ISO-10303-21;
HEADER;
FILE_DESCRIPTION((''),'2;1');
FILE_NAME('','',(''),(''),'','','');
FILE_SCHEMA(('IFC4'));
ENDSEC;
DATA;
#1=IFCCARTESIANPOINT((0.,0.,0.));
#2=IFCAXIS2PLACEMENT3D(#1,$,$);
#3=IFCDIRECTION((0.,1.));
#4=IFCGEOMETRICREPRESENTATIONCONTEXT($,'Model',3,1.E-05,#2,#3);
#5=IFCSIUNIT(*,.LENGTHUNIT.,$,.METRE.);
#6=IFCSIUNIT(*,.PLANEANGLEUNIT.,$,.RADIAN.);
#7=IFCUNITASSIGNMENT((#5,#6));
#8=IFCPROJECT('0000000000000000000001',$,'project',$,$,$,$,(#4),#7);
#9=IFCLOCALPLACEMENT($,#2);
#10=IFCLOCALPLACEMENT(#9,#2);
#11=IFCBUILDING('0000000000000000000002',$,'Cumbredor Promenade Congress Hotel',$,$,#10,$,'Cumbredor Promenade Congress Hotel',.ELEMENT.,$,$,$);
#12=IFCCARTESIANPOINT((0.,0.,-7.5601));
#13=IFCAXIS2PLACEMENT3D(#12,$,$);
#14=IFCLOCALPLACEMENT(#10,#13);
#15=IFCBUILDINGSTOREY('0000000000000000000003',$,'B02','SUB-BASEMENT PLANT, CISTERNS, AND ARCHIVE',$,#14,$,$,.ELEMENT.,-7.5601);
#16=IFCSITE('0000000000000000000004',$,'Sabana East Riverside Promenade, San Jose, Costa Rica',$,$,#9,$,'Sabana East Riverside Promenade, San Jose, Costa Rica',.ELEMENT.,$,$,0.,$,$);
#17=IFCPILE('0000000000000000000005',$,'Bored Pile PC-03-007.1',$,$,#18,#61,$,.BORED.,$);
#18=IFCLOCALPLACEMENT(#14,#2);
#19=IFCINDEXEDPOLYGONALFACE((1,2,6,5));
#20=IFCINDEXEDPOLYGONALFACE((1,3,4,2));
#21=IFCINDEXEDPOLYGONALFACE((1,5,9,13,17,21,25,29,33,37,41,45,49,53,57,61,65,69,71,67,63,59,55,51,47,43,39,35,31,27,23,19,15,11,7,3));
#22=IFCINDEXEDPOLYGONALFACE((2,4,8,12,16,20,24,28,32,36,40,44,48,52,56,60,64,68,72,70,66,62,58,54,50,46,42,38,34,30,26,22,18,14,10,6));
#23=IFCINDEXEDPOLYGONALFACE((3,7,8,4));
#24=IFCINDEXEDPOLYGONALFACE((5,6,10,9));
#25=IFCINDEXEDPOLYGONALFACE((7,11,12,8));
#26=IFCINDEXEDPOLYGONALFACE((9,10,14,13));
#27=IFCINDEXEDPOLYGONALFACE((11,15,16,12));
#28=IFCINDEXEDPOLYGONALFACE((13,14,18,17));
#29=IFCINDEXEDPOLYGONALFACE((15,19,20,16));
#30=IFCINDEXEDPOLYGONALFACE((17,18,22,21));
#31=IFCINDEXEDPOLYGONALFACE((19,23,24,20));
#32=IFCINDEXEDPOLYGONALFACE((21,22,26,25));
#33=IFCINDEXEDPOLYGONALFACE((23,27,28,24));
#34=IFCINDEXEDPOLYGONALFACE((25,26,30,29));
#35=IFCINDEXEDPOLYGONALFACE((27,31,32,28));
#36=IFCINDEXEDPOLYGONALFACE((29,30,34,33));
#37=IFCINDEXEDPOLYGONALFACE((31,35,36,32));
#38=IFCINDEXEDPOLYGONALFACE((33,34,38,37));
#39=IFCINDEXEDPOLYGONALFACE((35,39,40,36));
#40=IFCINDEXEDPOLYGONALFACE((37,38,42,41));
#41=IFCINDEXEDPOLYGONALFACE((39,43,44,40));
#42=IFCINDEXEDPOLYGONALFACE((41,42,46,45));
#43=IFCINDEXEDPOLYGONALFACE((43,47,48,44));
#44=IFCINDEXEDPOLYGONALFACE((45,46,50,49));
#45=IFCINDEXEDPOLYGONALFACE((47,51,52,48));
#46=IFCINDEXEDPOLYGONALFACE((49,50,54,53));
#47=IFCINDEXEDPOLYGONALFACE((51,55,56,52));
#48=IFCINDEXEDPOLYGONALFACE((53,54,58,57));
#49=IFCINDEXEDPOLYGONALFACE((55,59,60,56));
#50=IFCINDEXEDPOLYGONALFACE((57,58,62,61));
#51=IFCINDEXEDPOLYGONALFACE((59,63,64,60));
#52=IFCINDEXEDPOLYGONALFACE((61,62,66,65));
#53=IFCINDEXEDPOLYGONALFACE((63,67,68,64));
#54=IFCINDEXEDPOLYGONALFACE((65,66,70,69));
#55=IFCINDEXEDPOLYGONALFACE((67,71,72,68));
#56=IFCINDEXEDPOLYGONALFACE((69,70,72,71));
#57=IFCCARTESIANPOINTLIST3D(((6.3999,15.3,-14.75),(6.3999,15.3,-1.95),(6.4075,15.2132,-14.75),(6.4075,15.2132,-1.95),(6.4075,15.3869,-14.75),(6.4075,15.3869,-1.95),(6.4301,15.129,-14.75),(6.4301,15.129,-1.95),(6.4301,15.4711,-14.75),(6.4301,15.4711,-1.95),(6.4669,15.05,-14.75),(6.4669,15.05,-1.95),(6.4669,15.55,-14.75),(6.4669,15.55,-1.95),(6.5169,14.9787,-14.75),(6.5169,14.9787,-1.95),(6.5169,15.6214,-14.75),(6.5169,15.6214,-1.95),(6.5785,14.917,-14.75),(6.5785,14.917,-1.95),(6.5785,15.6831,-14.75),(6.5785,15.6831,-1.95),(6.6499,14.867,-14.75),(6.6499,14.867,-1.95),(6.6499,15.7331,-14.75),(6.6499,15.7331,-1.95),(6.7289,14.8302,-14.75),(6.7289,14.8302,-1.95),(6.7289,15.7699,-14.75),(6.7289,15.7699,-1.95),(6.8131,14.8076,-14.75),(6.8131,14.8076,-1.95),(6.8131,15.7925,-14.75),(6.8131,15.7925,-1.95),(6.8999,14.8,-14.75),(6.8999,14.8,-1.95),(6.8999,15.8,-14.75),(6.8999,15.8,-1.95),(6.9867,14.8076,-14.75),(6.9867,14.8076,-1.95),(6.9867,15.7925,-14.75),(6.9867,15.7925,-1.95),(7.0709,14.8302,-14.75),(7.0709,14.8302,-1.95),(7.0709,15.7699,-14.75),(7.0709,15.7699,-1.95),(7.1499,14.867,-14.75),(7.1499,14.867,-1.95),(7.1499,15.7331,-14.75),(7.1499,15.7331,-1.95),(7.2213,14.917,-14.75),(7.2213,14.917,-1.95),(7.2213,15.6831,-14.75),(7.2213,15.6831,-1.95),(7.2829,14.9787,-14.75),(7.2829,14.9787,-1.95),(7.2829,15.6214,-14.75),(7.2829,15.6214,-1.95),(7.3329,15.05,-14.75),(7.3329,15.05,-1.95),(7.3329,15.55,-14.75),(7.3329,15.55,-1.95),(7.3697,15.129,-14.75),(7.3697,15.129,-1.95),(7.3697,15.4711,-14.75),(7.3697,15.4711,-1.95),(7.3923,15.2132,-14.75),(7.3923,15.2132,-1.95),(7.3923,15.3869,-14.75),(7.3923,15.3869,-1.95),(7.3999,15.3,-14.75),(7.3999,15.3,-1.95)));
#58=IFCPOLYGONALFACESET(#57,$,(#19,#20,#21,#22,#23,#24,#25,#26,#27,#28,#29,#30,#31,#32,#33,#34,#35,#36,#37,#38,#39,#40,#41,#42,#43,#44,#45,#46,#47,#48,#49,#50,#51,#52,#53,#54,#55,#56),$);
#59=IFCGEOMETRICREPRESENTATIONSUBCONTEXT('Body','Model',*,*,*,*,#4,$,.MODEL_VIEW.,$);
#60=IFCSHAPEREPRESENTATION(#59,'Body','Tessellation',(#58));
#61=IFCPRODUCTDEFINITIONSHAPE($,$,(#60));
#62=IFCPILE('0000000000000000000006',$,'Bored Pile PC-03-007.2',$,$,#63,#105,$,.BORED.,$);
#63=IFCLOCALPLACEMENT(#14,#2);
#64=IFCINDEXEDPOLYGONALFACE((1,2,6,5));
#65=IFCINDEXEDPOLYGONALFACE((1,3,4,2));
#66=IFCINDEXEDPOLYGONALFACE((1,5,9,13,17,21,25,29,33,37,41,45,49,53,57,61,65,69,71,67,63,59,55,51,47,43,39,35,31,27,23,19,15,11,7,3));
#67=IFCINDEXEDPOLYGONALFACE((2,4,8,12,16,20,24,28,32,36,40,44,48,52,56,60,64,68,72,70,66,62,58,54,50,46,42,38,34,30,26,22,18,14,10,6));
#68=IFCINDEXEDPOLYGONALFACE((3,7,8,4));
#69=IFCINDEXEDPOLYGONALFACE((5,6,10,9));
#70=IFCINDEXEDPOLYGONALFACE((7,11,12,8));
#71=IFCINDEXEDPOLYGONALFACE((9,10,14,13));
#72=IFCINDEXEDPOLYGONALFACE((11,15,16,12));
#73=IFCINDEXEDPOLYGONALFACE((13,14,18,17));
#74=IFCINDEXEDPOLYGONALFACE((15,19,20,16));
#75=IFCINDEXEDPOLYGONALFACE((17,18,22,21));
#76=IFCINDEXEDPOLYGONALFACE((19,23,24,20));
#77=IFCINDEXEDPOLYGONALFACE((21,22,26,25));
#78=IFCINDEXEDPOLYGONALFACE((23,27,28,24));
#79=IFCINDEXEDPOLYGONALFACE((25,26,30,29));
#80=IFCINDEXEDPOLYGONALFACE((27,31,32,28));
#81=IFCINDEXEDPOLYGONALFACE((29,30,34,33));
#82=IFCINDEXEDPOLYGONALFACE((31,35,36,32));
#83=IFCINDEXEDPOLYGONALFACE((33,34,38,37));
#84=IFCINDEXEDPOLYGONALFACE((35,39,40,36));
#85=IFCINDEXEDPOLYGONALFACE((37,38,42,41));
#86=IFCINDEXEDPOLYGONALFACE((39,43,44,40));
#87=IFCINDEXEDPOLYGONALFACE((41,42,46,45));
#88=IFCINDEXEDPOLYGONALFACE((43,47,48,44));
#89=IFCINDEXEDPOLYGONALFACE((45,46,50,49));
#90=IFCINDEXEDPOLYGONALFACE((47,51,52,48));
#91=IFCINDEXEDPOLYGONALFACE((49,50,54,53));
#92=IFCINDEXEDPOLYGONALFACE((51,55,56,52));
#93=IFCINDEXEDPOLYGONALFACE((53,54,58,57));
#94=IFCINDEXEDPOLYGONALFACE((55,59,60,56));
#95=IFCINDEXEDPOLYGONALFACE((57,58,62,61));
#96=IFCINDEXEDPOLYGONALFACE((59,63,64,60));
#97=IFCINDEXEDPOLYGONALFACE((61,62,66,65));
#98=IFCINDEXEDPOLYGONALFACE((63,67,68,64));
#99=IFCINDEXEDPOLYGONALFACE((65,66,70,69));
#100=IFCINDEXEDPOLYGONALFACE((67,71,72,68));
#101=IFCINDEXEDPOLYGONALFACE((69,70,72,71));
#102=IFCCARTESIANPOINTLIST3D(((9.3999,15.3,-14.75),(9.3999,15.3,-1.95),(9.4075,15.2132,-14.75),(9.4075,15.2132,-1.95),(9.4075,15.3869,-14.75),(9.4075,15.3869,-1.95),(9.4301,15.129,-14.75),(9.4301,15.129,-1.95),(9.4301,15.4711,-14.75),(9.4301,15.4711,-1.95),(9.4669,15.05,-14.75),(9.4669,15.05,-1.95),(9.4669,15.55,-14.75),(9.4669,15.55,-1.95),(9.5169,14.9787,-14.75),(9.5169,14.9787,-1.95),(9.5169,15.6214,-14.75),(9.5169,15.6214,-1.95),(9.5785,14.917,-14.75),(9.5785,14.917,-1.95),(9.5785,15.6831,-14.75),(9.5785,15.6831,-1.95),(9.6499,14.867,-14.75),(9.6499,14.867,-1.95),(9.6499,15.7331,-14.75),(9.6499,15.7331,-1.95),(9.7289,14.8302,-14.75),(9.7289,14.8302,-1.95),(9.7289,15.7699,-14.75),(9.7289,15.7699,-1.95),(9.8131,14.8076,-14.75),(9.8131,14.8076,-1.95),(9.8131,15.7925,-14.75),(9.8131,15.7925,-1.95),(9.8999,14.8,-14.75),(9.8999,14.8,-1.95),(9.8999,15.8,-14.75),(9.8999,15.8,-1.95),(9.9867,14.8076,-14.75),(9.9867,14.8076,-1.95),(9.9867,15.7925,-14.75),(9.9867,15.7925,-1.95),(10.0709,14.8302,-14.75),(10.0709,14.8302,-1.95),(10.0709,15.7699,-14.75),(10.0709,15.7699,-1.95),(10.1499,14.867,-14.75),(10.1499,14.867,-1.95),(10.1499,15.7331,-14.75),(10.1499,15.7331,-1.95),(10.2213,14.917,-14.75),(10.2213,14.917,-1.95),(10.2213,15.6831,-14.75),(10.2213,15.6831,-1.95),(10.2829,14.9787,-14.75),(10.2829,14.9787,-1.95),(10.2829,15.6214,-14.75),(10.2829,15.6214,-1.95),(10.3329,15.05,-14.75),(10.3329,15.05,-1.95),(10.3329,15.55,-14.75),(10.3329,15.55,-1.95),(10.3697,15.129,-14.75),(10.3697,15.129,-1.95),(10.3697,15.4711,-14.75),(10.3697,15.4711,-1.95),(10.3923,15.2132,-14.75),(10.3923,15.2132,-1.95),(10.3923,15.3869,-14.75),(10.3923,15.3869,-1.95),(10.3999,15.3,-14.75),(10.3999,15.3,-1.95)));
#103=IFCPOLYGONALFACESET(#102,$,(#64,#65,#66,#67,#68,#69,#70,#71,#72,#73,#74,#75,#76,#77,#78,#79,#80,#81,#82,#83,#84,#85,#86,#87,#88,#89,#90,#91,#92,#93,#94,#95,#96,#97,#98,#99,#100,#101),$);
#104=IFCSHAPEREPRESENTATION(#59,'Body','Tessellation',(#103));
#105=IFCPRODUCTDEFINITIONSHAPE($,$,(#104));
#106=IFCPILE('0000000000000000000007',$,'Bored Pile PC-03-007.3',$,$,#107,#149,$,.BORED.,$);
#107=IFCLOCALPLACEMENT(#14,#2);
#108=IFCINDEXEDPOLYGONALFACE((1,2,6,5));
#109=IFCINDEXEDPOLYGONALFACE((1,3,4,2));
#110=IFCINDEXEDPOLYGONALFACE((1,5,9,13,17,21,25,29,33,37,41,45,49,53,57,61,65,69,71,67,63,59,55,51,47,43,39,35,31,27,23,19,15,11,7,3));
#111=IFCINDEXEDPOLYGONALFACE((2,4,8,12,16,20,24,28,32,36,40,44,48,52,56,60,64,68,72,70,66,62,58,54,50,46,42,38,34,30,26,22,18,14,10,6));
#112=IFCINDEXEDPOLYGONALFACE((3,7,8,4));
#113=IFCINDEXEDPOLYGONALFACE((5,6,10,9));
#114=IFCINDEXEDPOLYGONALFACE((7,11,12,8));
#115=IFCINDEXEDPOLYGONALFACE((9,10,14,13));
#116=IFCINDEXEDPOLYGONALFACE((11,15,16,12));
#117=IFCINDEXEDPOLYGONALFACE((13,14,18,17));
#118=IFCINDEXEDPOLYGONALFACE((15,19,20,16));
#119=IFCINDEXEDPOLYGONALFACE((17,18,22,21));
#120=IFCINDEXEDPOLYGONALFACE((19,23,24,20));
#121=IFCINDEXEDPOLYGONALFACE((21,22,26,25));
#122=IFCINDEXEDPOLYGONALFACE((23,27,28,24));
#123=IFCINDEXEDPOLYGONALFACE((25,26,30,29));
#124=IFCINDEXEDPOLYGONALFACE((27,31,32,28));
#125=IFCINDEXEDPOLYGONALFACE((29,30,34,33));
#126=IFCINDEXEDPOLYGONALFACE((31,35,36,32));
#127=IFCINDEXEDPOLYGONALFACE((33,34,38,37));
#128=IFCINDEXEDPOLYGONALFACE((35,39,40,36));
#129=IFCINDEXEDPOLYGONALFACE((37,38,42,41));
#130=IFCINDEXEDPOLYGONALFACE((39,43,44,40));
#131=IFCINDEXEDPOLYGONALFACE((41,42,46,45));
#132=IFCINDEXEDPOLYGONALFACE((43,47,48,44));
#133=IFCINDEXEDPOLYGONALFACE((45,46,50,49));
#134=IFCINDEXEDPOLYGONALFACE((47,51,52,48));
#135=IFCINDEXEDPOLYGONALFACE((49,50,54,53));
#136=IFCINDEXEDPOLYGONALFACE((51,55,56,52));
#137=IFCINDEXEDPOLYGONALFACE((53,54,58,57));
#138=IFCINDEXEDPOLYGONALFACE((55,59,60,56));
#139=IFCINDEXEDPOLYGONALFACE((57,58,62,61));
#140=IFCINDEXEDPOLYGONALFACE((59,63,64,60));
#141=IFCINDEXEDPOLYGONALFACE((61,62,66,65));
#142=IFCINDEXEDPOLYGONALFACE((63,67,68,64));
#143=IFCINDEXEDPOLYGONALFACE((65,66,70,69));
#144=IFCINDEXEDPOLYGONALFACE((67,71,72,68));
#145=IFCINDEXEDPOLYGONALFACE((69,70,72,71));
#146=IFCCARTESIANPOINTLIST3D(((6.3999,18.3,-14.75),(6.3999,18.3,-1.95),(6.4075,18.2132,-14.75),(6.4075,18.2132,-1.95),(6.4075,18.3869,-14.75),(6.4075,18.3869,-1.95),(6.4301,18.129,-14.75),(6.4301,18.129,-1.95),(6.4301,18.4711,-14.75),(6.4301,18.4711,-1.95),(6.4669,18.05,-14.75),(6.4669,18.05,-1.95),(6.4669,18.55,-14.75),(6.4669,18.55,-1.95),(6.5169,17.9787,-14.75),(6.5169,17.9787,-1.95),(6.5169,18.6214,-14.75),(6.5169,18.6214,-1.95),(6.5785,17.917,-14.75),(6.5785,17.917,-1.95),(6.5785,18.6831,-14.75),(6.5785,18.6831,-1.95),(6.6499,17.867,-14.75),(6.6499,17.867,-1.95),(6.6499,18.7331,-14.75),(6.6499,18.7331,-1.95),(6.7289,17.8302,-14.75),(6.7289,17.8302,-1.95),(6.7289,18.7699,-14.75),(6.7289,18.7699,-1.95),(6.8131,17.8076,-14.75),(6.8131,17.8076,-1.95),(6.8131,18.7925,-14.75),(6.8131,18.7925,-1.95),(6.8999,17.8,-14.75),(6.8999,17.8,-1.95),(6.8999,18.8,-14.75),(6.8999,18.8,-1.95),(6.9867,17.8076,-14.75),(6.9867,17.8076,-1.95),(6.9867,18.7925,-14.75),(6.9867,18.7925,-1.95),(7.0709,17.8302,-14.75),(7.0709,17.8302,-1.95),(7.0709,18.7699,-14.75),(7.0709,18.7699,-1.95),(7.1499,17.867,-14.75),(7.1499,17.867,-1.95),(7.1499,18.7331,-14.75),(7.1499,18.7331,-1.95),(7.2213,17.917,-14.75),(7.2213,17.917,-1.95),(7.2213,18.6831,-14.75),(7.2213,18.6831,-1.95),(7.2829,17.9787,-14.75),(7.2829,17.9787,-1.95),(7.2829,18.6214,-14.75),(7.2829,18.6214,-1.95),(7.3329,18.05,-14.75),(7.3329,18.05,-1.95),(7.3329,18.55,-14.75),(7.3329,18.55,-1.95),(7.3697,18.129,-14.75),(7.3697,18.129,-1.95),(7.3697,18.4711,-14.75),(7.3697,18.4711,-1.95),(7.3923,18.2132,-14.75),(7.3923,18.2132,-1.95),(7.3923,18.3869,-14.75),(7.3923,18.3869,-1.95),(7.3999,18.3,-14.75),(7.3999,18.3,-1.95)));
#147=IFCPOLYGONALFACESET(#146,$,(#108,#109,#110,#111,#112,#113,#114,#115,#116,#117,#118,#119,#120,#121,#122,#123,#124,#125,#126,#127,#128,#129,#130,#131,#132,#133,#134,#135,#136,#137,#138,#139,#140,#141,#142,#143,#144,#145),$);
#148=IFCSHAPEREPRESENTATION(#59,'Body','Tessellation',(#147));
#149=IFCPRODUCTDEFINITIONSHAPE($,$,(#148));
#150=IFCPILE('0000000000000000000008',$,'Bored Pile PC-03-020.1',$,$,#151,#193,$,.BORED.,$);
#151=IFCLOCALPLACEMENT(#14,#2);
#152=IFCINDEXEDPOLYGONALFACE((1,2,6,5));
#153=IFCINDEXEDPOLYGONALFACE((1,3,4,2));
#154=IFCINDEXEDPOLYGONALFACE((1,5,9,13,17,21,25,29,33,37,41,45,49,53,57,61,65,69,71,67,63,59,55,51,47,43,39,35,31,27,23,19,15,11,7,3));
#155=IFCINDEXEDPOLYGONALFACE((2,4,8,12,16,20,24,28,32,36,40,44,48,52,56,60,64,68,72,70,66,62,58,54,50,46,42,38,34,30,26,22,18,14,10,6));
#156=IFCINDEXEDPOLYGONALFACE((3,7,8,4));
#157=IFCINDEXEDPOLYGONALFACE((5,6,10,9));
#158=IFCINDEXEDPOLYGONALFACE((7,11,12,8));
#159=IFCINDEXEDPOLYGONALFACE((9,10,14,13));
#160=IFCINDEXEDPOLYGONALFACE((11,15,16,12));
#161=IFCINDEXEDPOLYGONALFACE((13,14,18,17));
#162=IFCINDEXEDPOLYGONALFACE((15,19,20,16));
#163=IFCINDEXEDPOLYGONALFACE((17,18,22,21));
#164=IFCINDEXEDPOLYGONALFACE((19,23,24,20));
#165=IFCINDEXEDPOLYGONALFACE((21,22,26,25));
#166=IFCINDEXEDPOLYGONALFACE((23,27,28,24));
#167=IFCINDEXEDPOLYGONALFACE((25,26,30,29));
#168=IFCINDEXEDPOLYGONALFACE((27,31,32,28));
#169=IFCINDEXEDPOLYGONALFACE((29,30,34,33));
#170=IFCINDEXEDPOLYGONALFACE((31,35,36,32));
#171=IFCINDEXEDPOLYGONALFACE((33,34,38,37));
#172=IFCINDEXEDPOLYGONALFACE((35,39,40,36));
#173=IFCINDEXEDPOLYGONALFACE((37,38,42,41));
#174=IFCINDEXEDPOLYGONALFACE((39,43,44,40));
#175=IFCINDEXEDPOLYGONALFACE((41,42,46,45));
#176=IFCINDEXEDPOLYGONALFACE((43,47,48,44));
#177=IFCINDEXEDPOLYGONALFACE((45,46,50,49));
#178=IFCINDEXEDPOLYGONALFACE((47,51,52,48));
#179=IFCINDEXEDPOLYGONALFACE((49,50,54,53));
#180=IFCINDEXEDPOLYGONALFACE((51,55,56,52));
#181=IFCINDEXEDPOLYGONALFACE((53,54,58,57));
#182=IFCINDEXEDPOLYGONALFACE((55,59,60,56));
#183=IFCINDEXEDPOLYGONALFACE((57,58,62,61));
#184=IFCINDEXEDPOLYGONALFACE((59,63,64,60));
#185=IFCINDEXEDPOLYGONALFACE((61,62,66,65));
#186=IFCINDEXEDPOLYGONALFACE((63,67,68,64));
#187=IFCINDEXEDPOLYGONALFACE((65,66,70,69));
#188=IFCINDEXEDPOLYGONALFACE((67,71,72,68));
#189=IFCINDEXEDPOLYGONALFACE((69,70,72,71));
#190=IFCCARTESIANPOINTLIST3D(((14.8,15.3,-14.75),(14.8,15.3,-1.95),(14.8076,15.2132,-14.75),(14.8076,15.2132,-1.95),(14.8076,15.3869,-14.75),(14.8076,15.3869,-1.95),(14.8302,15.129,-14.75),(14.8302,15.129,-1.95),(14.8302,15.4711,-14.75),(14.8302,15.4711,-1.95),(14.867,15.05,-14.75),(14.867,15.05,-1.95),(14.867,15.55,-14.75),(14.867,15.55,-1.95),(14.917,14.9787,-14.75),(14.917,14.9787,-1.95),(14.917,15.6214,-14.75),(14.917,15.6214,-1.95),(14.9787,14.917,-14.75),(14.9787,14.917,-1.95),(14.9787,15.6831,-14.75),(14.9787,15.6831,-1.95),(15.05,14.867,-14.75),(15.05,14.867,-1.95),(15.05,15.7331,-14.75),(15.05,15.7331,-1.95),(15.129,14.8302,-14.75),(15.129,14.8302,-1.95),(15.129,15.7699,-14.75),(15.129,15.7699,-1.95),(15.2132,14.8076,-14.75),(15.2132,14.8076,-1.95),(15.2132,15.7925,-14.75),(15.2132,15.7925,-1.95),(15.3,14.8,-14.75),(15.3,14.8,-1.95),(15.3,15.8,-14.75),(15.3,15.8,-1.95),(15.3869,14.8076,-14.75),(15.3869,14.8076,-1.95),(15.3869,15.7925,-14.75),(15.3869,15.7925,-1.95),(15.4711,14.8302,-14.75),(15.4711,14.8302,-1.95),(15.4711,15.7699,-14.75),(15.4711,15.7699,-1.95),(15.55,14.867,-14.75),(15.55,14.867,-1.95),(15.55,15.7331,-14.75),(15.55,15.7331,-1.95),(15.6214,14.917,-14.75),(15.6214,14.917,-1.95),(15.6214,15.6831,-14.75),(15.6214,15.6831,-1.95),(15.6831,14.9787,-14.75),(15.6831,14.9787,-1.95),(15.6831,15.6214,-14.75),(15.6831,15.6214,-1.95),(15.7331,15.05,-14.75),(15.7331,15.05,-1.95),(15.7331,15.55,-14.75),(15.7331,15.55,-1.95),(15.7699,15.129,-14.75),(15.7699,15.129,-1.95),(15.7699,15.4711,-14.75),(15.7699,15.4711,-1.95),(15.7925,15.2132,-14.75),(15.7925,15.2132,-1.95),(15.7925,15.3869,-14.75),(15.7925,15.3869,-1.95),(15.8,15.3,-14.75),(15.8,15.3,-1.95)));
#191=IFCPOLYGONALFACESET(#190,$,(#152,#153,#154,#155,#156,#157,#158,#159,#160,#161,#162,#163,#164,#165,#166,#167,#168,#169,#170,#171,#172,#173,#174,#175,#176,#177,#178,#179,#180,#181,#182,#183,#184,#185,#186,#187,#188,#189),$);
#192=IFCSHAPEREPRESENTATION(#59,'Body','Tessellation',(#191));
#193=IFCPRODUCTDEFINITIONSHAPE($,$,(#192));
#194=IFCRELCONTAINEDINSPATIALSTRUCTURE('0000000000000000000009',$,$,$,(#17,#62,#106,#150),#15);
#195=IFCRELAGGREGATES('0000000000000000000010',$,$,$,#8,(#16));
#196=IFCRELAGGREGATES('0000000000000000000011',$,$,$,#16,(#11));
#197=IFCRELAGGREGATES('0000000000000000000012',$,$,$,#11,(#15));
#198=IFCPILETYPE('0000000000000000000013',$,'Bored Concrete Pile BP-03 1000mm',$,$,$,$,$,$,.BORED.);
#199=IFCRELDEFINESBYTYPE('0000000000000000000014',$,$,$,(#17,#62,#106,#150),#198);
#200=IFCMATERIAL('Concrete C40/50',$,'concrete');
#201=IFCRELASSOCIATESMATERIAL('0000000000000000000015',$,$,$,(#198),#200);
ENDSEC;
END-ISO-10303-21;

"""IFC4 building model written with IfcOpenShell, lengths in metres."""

from ifc_helpers import new_model, si_unit, direction, frame, origin, origin_2d, place, context, subcontext, project, spatial, circle, extrude, material, material_profile, profile_set, type_object, element, save


model = new_model("IFC4")

# Units and contexts
model_context = context("Model", 3, precision=1e-05, world=origin(), true_north=direction((0.0, 1.0)))
body_context = subcontext(model_context, "Body", "Model", "MODEL_VIEW")
ifc_project = project(units=[si_unit("LENGTHUNIT", "METRE"), si_unit("PLANEANGLEUNIT", "RADIAN")], contexts=[model_context])

# Site, building, storey
site_placement = place(None, origin())
site = spatial("IfcSite", under=ifc_project, at=site_placement, Name="Sabana East Riverside Promenade, San Jose, Costa Rica", LongName="Sabana East Riverside Promenade, San Jose, Costa Rica", CompositionType="ELEMENT", RefElevation=0.0)
building_placement = place(site_placement, origin())
building = spatial("IfcBuilding", under=site, at=building_placement, Name="Cumbredor Promenade Congress Hotel", LongName="Cumbredor Promenade Congress Hotel", CompositionType="ELEMENT")
storey_placement = place(building_placement, frame((0.0, 0.0, -7.5601)))
storey = spatial("IfcBuildingStorey", under=building, at=storey_placement, Name="B02", Description="SUB-BASEMENT PLANT, CISTERNS, AND ARCHIVE", CompositionType="ELEMENT", Elevation=-7.5601)

# Piles
ifc_material_1 = material(Name="Concrete C40/50", Category="concrete")
ifc_material_profile_1 = material_profile(ifc_material_1, circle(Radius=0.5, at=origin_2d()), Name="PILE D1000")
ifc_profile_set_1 = profile_set([ifc_material_profile_1], Name="Concrete C40/50")
pile_type = type_object("IfcPileType", Name="Bored Concrete Pile BP-03 1000mm", PredefinedType="BORED", material=ifc_profile_set_1)
for number, where, z_axis, x_axis, name in (
    (1, (6.8999, 15.3, -1.95), (0.0, 0.0, -1.0), (1.0, 0.0, 0.0), "Bored Pile PC-03-007.1"),
    (2, (9.8999, 15.3, -1.95), (0.0, 0.0, -1.0), (1.0, 0.0, 0.0), "Bored Pile PC-03-007.2"),
    (3, (6.8999, 18.3, -1.95), (0.0, 0.0, -1.0), (1.0, 0.0, 0.0), "Bored Pile PC-03-007.3"),
    (4, (15.3, 15.3, -1.95), (0.0, 0.0, -1.0), (1.0, 0.0, 0.0), "Bored Pile PC-03-020.1"),
):
    element("IfcPile", number, at=place(storey_placement, frame(where, z_axis=z_axis, x_axis=x_axis)), inside=storey, type_object=pile_type, Name=name, PredefinedType="BORED", context=body_context, shape_type="SweptSolid", body=[
        extrude(circle(Radius=0.5, at=origin_2d()), origin(), (0.0, 0.0, 1.0), 12.8),
    ])

save(model, "model.ifc")
